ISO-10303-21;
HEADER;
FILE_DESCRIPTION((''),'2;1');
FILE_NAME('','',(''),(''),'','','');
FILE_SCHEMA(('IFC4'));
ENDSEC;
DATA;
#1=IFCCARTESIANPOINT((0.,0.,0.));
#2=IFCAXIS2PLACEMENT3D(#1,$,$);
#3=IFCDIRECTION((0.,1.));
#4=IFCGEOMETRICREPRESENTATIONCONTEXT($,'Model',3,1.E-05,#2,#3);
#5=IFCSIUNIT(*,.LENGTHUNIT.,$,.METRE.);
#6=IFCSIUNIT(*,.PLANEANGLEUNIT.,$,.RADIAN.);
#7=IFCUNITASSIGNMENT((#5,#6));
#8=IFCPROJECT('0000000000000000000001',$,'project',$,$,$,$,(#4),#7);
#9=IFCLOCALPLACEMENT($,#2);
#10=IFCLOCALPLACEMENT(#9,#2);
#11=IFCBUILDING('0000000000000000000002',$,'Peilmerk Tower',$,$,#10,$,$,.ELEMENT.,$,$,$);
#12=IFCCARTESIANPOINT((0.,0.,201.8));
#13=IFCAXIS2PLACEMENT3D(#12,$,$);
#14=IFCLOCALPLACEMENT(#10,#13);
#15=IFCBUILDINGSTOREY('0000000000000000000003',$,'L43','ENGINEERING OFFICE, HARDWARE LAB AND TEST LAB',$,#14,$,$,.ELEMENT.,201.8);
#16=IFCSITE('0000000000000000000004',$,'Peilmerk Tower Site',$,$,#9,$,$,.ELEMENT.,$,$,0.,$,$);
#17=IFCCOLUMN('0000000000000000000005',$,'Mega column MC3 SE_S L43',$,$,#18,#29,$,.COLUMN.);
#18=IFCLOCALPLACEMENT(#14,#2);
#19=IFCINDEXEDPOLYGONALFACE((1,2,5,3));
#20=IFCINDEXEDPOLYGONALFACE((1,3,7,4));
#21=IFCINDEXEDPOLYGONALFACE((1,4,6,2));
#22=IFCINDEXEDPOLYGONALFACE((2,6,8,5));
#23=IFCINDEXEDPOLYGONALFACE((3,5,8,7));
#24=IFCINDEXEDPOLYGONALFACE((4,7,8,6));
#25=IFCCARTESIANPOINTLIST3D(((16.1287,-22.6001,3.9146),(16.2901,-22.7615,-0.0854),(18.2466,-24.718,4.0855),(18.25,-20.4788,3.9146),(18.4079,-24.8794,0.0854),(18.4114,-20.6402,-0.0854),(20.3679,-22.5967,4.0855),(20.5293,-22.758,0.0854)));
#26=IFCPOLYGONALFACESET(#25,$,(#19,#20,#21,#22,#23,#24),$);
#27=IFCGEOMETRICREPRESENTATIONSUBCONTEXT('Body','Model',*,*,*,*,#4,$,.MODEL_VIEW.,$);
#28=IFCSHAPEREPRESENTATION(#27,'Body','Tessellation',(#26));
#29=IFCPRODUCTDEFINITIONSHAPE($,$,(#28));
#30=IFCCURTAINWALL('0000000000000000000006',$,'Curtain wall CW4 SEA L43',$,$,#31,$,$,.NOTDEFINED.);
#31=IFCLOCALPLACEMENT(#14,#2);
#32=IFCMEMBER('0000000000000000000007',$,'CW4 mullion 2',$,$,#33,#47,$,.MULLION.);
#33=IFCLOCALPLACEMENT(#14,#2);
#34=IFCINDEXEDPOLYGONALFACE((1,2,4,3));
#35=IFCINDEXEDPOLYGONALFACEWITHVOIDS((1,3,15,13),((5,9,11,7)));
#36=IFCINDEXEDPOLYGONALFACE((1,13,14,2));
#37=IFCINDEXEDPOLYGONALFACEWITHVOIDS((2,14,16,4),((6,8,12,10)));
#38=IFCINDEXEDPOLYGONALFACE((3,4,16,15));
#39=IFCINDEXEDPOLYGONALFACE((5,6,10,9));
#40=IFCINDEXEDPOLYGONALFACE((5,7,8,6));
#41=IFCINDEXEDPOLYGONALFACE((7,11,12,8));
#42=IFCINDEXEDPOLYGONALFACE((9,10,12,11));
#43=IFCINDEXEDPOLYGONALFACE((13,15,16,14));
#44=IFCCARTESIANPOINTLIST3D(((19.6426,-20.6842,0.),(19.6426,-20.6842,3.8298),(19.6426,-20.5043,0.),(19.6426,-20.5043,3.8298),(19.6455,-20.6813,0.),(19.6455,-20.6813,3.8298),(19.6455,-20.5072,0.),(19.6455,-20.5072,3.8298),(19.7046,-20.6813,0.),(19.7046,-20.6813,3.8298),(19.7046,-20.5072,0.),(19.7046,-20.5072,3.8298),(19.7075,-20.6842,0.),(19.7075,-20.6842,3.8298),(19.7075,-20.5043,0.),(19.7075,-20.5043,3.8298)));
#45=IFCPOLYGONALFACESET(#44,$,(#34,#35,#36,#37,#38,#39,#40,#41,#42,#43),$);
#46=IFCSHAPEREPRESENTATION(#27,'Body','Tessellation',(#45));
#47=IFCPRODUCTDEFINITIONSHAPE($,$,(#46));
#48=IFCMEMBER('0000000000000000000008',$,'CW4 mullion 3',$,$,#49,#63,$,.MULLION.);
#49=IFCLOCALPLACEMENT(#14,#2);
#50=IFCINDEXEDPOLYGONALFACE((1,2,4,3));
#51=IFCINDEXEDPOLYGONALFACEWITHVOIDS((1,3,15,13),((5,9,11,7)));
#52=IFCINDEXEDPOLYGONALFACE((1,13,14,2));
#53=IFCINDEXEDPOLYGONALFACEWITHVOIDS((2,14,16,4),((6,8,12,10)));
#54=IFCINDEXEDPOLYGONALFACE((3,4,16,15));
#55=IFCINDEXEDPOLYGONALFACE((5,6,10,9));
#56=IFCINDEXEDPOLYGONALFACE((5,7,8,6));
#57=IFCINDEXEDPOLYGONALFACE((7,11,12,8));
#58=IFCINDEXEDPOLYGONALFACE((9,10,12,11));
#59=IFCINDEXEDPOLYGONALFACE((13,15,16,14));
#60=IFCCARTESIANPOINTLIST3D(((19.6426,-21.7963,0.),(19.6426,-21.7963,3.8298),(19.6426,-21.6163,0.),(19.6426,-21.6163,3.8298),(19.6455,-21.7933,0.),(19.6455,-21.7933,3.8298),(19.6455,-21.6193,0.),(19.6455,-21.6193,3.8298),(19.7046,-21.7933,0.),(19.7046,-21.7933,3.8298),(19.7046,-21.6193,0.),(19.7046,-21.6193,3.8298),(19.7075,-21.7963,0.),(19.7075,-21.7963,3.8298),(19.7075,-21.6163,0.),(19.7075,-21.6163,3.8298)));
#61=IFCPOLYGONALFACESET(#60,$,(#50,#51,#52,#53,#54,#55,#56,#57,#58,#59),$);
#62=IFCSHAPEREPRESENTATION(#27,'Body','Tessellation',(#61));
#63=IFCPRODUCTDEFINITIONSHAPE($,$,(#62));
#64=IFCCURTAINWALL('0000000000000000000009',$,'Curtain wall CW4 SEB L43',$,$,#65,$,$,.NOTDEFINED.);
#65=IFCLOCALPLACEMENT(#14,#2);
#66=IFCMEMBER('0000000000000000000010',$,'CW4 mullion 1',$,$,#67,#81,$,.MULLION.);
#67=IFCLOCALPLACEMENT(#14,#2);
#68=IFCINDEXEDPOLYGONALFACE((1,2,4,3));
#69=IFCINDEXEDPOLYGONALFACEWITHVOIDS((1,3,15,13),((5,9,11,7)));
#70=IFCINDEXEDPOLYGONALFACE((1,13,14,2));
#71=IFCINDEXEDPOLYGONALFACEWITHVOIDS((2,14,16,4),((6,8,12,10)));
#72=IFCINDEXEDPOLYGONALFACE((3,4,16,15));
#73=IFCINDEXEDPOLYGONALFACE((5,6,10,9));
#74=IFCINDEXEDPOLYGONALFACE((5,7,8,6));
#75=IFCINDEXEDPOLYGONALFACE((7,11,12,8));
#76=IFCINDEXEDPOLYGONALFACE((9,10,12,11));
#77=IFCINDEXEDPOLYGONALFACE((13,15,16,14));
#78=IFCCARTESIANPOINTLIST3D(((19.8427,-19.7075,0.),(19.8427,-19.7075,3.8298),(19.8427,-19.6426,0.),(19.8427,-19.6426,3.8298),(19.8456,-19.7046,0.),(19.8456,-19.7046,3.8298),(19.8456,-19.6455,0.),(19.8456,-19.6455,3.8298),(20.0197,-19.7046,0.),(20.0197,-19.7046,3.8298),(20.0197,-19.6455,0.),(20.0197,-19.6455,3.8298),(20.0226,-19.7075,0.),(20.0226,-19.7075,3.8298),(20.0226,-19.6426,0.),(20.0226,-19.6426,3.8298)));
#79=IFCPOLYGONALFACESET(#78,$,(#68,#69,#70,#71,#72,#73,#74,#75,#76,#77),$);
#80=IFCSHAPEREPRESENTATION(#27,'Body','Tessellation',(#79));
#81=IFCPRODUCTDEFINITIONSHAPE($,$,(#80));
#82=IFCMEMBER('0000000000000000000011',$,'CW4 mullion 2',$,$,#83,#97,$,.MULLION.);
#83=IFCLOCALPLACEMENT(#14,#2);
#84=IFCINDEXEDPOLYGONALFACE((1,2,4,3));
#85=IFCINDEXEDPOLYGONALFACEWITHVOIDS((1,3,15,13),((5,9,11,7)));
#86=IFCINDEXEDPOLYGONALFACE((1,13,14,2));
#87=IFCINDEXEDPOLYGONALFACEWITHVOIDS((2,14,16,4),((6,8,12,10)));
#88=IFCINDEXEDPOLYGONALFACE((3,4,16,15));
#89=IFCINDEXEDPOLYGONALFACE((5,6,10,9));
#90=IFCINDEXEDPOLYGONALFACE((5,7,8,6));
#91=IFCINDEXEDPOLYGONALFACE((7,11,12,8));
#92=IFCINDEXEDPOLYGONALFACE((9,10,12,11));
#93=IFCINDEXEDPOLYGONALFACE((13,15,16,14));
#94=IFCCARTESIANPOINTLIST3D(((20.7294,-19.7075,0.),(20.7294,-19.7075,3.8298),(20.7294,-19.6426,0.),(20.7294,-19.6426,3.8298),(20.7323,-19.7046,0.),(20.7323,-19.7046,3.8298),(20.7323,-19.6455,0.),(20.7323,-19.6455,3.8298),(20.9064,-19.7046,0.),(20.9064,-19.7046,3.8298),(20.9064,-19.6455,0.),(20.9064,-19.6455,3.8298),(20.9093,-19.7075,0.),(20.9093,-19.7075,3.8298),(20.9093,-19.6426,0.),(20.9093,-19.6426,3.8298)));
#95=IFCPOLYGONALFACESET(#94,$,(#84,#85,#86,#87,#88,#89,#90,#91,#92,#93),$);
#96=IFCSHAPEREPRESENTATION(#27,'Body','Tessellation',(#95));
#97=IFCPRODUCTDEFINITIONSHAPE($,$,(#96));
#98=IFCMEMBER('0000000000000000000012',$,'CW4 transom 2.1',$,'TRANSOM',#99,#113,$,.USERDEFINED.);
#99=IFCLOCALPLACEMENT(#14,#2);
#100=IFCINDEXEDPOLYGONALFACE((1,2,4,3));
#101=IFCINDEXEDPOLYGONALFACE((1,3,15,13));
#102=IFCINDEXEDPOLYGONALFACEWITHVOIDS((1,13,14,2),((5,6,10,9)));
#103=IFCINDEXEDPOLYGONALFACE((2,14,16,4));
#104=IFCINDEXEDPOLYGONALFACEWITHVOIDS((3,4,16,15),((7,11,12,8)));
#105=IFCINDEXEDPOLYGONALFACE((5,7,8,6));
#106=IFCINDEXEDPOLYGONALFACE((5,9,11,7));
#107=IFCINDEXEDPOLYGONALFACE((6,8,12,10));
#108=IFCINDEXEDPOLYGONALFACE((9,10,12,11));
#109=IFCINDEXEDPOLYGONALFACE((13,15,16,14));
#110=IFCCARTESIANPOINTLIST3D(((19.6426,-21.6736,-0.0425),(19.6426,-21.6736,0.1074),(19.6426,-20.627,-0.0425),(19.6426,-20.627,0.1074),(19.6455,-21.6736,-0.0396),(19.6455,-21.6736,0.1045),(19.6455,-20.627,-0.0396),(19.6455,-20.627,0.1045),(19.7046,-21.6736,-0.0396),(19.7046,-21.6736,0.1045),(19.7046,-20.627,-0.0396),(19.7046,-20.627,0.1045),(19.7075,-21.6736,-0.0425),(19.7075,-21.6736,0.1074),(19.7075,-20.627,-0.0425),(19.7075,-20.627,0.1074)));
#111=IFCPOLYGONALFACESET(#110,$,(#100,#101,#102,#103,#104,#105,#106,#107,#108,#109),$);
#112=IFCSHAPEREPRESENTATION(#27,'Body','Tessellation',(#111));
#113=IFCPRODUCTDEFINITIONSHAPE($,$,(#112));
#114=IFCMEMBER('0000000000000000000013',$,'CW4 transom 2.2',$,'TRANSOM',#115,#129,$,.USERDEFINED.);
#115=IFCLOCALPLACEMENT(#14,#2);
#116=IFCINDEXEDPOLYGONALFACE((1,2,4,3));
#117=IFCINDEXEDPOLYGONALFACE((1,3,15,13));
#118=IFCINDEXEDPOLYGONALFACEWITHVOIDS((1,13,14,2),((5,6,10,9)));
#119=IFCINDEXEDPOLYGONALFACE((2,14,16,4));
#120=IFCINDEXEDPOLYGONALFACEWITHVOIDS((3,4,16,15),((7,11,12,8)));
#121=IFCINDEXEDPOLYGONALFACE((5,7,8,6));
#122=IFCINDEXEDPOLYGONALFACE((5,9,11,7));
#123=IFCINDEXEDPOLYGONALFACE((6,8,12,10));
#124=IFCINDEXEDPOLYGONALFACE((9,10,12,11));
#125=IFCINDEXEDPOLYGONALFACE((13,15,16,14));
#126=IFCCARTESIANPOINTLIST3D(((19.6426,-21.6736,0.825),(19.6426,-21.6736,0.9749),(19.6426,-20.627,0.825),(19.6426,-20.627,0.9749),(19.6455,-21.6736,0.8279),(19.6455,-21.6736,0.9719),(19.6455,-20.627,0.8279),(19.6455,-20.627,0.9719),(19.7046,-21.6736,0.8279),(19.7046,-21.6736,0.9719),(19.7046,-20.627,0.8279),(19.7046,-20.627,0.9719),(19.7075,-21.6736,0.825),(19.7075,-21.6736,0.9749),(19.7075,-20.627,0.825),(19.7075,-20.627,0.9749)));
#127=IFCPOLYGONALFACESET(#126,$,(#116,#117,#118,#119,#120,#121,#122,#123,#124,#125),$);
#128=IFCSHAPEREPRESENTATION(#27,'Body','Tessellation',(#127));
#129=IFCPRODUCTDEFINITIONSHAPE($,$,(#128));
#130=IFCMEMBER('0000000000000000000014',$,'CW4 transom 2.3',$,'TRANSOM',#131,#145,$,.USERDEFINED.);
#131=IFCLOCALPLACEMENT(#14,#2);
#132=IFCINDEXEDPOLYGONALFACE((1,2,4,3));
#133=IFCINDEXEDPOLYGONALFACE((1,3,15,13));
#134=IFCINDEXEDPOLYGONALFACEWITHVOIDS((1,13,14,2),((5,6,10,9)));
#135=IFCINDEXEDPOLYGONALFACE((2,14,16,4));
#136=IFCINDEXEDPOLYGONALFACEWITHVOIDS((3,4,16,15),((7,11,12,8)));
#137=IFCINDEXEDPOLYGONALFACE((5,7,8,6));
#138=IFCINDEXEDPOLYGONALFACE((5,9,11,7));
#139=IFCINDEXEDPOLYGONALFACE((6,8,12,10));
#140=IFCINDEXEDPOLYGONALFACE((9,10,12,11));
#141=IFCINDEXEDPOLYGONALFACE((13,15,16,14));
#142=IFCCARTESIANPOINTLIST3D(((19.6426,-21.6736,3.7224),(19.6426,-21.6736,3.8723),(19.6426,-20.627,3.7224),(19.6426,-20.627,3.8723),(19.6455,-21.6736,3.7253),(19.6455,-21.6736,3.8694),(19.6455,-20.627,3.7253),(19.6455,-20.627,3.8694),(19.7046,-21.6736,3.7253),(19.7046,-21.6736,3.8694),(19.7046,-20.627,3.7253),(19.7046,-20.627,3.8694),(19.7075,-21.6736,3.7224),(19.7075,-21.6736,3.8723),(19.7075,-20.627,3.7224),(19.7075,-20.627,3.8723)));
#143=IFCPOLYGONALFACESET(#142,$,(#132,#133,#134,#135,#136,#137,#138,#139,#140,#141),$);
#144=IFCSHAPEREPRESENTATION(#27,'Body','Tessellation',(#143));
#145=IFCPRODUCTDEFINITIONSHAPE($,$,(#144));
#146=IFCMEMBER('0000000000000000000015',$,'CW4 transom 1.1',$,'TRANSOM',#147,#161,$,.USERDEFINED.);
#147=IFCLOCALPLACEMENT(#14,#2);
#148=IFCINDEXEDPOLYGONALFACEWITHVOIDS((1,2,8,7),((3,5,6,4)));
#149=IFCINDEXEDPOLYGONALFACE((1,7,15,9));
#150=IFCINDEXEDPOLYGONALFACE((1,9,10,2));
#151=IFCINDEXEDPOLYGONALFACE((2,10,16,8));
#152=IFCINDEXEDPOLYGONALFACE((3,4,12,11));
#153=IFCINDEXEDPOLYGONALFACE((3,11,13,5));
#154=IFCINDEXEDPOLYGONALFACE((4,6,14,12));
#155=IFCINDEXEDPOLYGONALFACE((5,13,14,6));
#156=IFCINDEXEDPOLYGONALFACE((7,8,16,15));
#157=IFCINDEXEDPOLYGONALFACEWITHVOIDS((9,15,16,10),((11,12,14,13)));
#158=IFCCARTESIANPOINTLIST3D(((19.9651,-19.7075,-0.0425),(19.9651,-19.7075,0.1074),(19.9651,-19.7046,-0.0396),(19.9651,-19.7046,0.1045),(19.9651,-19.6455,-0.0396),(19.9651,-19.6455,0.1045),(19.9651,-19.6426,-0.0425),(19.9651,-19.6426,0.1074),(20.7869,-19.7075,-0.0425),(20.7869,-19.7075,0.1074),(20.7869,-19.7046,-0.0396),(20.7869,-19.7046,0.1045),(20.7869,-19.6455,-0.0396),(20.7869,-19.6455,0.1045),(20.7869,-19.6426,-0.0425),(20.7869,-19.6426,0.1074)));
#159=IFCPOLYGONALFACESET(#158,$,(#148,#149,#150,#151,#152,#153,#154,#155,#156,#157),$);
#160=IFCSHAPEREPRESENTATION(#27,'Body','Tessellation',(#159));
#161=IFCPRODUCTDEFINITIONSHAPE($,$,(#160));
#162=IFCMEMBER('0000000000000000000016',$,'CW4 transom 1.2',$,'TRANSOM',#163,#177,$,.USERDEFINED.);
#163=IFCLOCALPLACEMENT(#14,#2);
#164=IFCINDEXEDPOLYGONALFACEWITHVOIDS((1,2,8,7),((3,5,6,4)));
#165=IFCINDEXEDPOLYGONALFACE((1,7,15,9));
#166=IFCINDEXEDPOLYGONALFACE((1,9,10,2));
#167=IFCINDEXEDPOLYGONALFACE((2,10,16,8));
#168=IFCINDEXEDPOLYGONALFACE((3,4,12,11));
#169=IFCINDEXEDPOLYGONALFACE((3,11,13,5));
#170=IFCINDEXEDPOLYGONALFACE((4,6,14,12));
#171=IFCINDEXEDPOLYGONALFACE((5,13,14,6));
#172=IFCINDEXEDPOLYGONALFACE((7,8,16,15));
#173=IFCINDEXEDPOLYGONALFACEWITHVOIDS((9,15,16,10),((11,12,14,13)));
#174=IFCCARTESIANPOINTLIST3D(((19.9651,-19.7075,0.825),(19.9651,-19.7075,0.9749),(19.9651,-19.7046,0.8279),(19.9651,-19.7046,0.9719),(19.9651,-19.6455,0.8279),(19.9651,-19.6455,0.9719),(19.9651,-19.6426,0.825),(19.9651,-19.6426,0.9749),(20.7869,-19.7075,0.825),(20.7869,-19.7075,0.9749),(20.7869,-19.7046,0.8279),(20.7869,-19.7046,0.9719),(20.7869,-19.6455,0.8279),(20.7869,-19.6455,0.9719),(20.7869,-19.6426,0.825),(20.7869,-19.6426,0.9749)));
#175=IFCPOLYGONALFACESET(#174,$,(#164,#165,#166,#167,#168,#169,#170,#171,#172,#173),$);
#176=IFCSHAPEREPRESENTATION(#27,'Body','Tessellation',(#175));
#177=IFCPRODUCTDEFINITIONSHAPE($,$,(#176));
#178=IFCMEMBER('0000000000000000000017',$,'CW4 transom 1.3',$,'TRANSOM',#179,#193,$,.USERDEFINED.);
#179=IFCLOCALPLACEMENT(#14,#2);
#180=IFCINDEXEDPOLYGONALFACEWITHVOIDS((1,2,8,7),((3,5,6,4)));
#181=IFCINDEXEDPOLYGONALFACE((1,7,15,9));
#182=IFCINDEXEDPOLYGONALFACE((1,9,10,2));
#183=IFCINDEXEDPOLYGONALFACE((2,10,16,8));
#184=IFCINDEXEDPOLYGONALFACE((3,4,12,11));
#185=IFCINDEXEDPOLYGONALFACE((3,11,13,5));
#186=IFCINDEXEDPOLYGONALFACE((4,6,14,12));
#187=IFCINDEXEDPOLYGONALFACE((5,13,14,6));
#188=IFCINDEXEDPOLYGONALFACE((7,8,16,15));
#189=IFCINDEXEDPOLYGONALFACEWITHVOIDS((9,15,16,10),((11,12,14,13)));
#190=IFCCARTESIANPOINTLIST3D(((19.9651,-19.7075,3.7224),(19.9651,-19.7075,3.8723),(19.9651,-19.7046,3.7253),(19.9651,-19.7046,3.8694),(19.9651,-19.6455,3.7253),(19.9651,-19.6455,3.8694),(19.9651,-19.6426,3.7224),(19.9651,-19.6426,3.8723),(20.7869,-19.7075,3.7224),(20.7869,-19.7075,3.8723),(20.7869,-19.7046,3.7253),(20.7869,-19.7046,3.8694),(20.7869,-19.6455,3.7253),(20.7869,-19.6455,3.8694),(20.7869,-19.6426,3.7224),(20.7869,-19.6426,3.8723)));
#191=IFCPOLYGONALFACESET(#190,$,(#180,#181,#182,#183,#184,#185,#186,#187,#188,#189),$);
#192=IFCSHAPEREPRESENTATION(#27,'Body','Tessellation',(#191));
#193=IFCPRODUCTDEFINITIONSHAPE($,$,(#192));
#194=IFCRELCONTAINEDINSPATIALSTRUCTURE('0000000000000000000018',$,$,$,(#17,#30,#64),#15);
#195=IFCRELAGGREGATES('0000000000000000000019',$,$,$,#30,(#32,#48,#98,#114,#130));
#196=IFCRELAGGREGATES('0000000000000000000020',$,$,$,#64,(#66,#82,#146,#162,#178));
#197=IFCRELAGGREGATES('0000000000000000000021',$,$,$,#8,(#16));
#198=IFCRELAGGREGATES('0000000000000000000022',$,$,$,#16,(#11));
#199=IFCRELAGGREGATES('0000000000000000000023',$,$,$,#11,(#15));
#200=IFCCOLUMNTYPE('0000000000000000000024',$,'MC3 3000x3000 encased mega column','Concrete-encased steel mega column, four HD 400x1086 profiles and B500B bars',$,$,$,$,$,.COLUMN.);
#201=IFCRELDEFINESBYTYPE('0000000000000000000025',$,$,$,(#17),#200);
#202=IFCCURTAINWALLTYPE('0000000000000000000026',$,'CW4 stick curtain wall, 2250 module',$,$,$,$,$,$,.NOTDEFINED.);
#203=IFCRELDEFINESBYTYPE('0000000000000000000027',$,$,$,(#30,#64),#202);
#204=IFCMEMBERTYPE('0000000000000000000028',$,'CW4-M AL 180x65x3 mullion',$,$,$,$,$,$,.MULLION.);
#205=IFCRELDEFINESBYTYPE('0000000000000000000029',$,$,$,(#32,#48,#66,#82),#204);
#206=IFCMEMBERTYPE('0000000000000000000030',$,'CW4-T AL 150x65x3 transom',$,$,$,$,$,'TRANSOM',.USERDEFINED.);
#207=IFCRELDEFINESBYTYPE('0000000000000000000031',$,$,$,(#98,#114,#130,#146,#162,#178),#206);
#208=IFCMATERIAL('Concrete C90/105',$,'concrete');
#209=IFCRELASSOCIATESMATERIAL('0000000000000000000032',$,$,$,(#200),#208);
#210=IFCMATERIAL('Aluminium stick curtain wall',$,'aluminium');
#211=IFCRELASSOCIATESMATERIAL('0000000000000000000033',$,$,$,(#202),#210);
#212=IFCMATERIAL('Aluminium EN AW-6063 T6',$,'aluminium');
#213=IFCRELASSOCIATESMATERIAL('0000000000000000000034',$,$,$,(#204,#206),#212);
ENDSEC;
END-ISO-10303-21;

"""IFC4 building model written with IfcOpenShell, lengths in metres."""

from ifc_helpers import new_model, si_unit, direction, frame, origin, origin_2d, place, context, subcontext, project, spatial, rectangle, hollow_rectangle, extrude, material, material_profile, profile_set, type_object, element, aggregate, save


model = new_model("IFC4")

# Units and contexts
model_context = context("Model", 3, precision=1e-05, world=origin(), true_north=direction((0.0, 1.0)))
body_context = subcontext(model_context, "Body", "Model", "MODEL_VIEW")
ifc_project = project(units=[si_unit("LENGTHUNIT", "METRE"), si_unit("PLANEANGLEUNIT", "RADIAN")], contexts=[model_context])

# Site, building, storey
site_placement = place(None, origin())
site = spatial("IfcSite", under=ifc_project, at=site_placement, Name="Peilmerk Tower Site", CompositionType="ELEMENT", RefElevation=0.0)
building_placement = place(site_placement, origin())
building = spatial("IfcBuilding", under=site, at=building_placement, Name="Peilmerk Tower", CompositionType="ELEMENT")
storey_placement = place(building_placement, frame((0.0, 0.0, 201.8)))
storey = spatial("IfcBuildingStorey", under=building, at=storey_placement, Name="L43", Description="ENGINEERING OFFICE, HARDWARE LAB AND TEST LAB", CompositionType="ELEMENT", Elevation=201.8)

# Column
ifc_material_1 = material(Name="Concrete C90/105", Category="concrete")
ifc_material_profile_1 = material_profile(ifc_material_1, rectangle(XDim=3.0, YDim=3.0, at=origin_2d()), Name="RC 3000x3000")
ifc_profile_set_1 = profile_set([ifc_material_profile_1], Name="Concrete C90/105")
column_type = type_object("IfcColumnType", Name="MC3 3000x3000 encased mega column", Description="Concrete-encased steel mega column, four HD 400x1086 profiles and B500B bars", PredefinedType="COLUMN", material=ifc_profile_set_1)
column_placement = place(storey_placement, frame((18.4097, -22.7598, 0.0), z_axis=(-0.040279, 0.040279, 0.998376), x_axis=(-0.707107, -0.707107, 0.0)))
element("IfcColumn", 1, at=column_placement, inside=storey, type_object=column_type, Name="Mega column MC3 SE_S L43", PredefinedType="COLUMN", context=body_context, shape_type="SweptSolid", body=[
    extrude(rectangle(XDim=3.0, YDim=3.0, at=origin_2d()), origin(), (0.0, 0.0, 1.0), 4.0066),
])

# Curtain walls, members
ifc_material_2 = material(Name="Aluminium stick curtain wall", Category="aluminium")
curtain_wall_type = type_object("IfcCurtainWallType", Name="CW4 stick curtain wall, 2250 module", PredefinedType="NOTDEFINED", material=ifc_material_2)
curtain_wall_1_placement = place(storey_placement, origin())
curtain_wall_1 = element("IfcCurtainWall", 2, at=curtain_wall_1_placement, inside=storey, type_object=curtain_wall_type, Name="Curtain wall CW4 SEA L43", PredefinedType="NOTDEFINED")
ifc_material_3 = material(Name="Aluminium EN AW-6063 T6", Category="aluminium")
ifc_material_profile_2 = material_profile(ifc_material_3, hollow_rectangle(XDim=0.0649, YDim=0.1799, WallThickness=0.0029, at=origin_2d()), Name="AL 180x65x3")
ifc_profile_set_2 = profile_set([ifc_material_profile_2], Name="Aluminium EN AW-6063 T6")
member_type_1 = type_object("IfcMemberType", Name="CW4-M AL 180x65x3 mullion", PredefinedType="MULLION", material=ifc_profile_set_2)
member_1_placement = place(storey_placement, frame((19.675, -20.5942, 0.0), z_axis=(0.0, 0.0, 1.0), x_axis=(1.0, 0.0, 0.0)))
member_1 = element("IfcMember", 3, at=member_1_placement, type_object=member_type_1, Name="CW4 mullion 2", PredefinedType="MULLION", context=body_context, shape_type="SweptSolid", body=[
    extrude(hollow_rectangle(XDim=0.0649, YDim=0.1799, WallThickness=0.0029, at=origin_2d()), origin(), (0.0, 0.0, 1.0), 3.8298),
])
member_2_placement = place(storey_placement, frame((19.675, -21.7063, 0.0), z_axis=(0.0, 0.0, 1.0), x_axis=(1.0, 0.0, 0.0)))
member_2 = element("IfcMember", 4, at=member_2_placement, type_object=member_type_1, Name="CW4 mullion 3", PredefinedType="MULLION", context=body_context, shape_type="SweptSolid", body=[
    extrude(hollow_rectangle(XDim=0.0649, YDim=0.1799, WallThickness=0.0029, at=origin_2d()), origin(), (0.0, 0.0, 1.0), 3.8298),
])
curtain_wall_2_placement = place(storey_placement, origin())
curtain_wall_2 = element("IfcCurtainWall", 5, at=curtain_wall_2_placement, inside=storey, type_object=curtain_wall_type, Name="Curtain wall CW4 SEB L43", PredefinedType="NOTDEFINED")
member_3_placement = place(storey_placement, frame((19.9326, -19.675, 0.0), z_axis=(0.0, 0.0, 1.0), x_axis=(0.0, 1.0, 0.0)))
member_3 = element("IfcMember", 6, at=member_3_placement, type_object=member_type_1, Name="CW4 mullion 1", PredefinedType="MULLION", context=body_context, shape_type="SweptSolid", body=[
    extrude(hollow_rectangle(XDim=0.0649, YDim=0.1799, WallThickness=0.0029, at=origin_2d()), origin(), (0.0, 0.0, 1.0), 3.8298),
])
member_4_placement = place(storey_placement, frame((20.8193, -19.675, 0.0), z_axis=(0.0, 0.0, 1.0), x_axis=(0.0, 1.0, 0.0)))
member_4 = element("IfcMember", 7, at=member_4_placement, type_object=member_type_1, Name="CW4 mullion 2", PredefinedType="MULLION", context=body_context, shape_type="SweptSolid", body=[
    extrude(hollow_rectangle(XDim=0.0649, YDim=0.1799, WallThickness=0.0029, at=origin_2d()), origin(), (0.0, 0.0, 1.0), 3.8298),
])

# Members
ifc_material_profile_3 = material_profile(ifc_material_3, hollow_rectangle(XDim=0.0649, YDim=0.1499, WallThickness=0.0029, at=origin_2d()), Name="AL 150x65x3")
ifc_profile_set_3 = profile_set([ifc_material_profile_3], Name="Aluminium EN AW-6063 T6")
member_type_2 = type_object("IfcMemberType", Name="CW4-T AL 150x65x3 transom", ElementType="TRANSOM", PredefinedType="USERDEFINED", material=ifc_profile_set_3)
member_5_placement = place(storey_placement, frame((19.675, -20.627, 0.0325), z_axis=(0.0, -1.0, 0.0), x_axis=(1.0, 0.0, 0.0)))
member_5 = element("IfcMember", 8, at=member_5_placement, type_object=member_type_2, Name="CW4 transom 2.1", ObjectType="TRANSOM", PredefinedType="USERDEFINED", context=body_context, shape_type="SweptSolid", body=[
    extrude(hollow_rectangle(XDim=0.0649, YDim=0.1499, WallThickness=0.0029, at=origin_2d()), origin(), (0.0, 0.0, 1.0), 1.0466),
])
member_6_placement = place(storey_placement, frame((19.675, -20.627, 0.8999), z_axis=(0.0, -1.0, 0.0), x_axis=(1.0, 0.0, 0.0)))
member_6 = element("IfcMember", 9, at=member_6_placement, type_object=member_type_2, Name="CW4 transom 2.2", ObjectType="TRANSOM", PredefinedType="USERDEFINED", context=body_context, shape_type="SweptSolid", body=[
    extrude(hollow_rectangle(XDim=0.0649, YDim=0.1499, WallThickness=0.0029, at=origin_2d()), origin(), (0.0, 0.0, 1.0), 1.0466),
])
member_7_placement = place(storey_placement, frame((19.675, -20.627, 3.7974), z_axis=(0.0, -1.0, 0.0), x_axis=(1.0, 0.0, 0.0)))
member_7 = element("IfcMember", 10, at=member_7_placement, type_object=member_type_2, Name="CW4 transom 2.3", ObjectType="TRANSOM", PredefinedType="USERDEFINED", context=body_context, shape_type="SweptSolid", body=[
    extrude(hollow_rectangle(XDim=0.0649, YDim=0.1499, WallThickness=0.0029, at=origin_2d()), origin(), (0.0, 0.0, 1.0), 1.0466),
])
member_8_placement = place(storey_placement, frame((19.9651, -19.675, 0.0325), z_axis=(1.0, 0.0, 0.0), x_axis=(0.0, 1.0, 0.0)))
member_8 = element("IfcMember", 11, at=member_8_placement, type_object=member_type_2, Name="CW4 transom 1.1", ObjectType="TRANSOM", PredefinedType="USERDEFINED", context=body_context, shape_type="SweptSolid", body=[
    extrude(hollow_rectangle(XDim=0.0649, YDim=0.1499, WallThickness=0.0029, at=origin_2d()), origin(), (0.0, 0.0, 1.0), 0.8218),
])
member_9_placement = place(storey_placement, frame((19.9651, -19.675, 0.8999), z_axis=(1.0, 0.0, 0.0), x_axis=(0.0, 1.0, 0.0)))
member_9 = element("IfcMember", 12, at=member_9_placement, type_object=member_type_2, Name="CW4 transom 1.2", ObjectType="TRANSOM", PredefinedType="USERDEFINED", context=body_context, shape_type="SweptSolid", body=[
    extrude(hollow_rectangle(XDim=0.0649, YDim=0.1499, WallThickness=0.0029, at=origin_2d()), origin(), (0.0, 0.0, 1.0), 0.8218),
])
member_10_placement = place(storey_placement, frame((19.9651, -19.675, 3.7974), z_axis=(1.0, 0.0, 0.0), x_axis=(0.0, 1.0, 0.0)))
member_10 = element("IfcMember", 13, at=member_10_placement, type_object=member_type_2, Name="CW4 transom 1.3", ObjectType="TRANSOM", PredefinedType="USERDEFINED", context=body_context, shape_type="SweptSolid", body=[
    extrude(hollow_rectangle(XDim=0.0649, YDim=0.1499, WallThickness=0.0029, at=origin_2d()), origin(), (0.0, 0.0, 1.0), 0.8218),
])

aggregate(curtain_wall_1, [member_1, member_2, member_5, member_6, member_7])
aggregate(curtain_wall_2, [member_3, member_4, member_8, member_9, member_10])

save(model, "model.ifc")
